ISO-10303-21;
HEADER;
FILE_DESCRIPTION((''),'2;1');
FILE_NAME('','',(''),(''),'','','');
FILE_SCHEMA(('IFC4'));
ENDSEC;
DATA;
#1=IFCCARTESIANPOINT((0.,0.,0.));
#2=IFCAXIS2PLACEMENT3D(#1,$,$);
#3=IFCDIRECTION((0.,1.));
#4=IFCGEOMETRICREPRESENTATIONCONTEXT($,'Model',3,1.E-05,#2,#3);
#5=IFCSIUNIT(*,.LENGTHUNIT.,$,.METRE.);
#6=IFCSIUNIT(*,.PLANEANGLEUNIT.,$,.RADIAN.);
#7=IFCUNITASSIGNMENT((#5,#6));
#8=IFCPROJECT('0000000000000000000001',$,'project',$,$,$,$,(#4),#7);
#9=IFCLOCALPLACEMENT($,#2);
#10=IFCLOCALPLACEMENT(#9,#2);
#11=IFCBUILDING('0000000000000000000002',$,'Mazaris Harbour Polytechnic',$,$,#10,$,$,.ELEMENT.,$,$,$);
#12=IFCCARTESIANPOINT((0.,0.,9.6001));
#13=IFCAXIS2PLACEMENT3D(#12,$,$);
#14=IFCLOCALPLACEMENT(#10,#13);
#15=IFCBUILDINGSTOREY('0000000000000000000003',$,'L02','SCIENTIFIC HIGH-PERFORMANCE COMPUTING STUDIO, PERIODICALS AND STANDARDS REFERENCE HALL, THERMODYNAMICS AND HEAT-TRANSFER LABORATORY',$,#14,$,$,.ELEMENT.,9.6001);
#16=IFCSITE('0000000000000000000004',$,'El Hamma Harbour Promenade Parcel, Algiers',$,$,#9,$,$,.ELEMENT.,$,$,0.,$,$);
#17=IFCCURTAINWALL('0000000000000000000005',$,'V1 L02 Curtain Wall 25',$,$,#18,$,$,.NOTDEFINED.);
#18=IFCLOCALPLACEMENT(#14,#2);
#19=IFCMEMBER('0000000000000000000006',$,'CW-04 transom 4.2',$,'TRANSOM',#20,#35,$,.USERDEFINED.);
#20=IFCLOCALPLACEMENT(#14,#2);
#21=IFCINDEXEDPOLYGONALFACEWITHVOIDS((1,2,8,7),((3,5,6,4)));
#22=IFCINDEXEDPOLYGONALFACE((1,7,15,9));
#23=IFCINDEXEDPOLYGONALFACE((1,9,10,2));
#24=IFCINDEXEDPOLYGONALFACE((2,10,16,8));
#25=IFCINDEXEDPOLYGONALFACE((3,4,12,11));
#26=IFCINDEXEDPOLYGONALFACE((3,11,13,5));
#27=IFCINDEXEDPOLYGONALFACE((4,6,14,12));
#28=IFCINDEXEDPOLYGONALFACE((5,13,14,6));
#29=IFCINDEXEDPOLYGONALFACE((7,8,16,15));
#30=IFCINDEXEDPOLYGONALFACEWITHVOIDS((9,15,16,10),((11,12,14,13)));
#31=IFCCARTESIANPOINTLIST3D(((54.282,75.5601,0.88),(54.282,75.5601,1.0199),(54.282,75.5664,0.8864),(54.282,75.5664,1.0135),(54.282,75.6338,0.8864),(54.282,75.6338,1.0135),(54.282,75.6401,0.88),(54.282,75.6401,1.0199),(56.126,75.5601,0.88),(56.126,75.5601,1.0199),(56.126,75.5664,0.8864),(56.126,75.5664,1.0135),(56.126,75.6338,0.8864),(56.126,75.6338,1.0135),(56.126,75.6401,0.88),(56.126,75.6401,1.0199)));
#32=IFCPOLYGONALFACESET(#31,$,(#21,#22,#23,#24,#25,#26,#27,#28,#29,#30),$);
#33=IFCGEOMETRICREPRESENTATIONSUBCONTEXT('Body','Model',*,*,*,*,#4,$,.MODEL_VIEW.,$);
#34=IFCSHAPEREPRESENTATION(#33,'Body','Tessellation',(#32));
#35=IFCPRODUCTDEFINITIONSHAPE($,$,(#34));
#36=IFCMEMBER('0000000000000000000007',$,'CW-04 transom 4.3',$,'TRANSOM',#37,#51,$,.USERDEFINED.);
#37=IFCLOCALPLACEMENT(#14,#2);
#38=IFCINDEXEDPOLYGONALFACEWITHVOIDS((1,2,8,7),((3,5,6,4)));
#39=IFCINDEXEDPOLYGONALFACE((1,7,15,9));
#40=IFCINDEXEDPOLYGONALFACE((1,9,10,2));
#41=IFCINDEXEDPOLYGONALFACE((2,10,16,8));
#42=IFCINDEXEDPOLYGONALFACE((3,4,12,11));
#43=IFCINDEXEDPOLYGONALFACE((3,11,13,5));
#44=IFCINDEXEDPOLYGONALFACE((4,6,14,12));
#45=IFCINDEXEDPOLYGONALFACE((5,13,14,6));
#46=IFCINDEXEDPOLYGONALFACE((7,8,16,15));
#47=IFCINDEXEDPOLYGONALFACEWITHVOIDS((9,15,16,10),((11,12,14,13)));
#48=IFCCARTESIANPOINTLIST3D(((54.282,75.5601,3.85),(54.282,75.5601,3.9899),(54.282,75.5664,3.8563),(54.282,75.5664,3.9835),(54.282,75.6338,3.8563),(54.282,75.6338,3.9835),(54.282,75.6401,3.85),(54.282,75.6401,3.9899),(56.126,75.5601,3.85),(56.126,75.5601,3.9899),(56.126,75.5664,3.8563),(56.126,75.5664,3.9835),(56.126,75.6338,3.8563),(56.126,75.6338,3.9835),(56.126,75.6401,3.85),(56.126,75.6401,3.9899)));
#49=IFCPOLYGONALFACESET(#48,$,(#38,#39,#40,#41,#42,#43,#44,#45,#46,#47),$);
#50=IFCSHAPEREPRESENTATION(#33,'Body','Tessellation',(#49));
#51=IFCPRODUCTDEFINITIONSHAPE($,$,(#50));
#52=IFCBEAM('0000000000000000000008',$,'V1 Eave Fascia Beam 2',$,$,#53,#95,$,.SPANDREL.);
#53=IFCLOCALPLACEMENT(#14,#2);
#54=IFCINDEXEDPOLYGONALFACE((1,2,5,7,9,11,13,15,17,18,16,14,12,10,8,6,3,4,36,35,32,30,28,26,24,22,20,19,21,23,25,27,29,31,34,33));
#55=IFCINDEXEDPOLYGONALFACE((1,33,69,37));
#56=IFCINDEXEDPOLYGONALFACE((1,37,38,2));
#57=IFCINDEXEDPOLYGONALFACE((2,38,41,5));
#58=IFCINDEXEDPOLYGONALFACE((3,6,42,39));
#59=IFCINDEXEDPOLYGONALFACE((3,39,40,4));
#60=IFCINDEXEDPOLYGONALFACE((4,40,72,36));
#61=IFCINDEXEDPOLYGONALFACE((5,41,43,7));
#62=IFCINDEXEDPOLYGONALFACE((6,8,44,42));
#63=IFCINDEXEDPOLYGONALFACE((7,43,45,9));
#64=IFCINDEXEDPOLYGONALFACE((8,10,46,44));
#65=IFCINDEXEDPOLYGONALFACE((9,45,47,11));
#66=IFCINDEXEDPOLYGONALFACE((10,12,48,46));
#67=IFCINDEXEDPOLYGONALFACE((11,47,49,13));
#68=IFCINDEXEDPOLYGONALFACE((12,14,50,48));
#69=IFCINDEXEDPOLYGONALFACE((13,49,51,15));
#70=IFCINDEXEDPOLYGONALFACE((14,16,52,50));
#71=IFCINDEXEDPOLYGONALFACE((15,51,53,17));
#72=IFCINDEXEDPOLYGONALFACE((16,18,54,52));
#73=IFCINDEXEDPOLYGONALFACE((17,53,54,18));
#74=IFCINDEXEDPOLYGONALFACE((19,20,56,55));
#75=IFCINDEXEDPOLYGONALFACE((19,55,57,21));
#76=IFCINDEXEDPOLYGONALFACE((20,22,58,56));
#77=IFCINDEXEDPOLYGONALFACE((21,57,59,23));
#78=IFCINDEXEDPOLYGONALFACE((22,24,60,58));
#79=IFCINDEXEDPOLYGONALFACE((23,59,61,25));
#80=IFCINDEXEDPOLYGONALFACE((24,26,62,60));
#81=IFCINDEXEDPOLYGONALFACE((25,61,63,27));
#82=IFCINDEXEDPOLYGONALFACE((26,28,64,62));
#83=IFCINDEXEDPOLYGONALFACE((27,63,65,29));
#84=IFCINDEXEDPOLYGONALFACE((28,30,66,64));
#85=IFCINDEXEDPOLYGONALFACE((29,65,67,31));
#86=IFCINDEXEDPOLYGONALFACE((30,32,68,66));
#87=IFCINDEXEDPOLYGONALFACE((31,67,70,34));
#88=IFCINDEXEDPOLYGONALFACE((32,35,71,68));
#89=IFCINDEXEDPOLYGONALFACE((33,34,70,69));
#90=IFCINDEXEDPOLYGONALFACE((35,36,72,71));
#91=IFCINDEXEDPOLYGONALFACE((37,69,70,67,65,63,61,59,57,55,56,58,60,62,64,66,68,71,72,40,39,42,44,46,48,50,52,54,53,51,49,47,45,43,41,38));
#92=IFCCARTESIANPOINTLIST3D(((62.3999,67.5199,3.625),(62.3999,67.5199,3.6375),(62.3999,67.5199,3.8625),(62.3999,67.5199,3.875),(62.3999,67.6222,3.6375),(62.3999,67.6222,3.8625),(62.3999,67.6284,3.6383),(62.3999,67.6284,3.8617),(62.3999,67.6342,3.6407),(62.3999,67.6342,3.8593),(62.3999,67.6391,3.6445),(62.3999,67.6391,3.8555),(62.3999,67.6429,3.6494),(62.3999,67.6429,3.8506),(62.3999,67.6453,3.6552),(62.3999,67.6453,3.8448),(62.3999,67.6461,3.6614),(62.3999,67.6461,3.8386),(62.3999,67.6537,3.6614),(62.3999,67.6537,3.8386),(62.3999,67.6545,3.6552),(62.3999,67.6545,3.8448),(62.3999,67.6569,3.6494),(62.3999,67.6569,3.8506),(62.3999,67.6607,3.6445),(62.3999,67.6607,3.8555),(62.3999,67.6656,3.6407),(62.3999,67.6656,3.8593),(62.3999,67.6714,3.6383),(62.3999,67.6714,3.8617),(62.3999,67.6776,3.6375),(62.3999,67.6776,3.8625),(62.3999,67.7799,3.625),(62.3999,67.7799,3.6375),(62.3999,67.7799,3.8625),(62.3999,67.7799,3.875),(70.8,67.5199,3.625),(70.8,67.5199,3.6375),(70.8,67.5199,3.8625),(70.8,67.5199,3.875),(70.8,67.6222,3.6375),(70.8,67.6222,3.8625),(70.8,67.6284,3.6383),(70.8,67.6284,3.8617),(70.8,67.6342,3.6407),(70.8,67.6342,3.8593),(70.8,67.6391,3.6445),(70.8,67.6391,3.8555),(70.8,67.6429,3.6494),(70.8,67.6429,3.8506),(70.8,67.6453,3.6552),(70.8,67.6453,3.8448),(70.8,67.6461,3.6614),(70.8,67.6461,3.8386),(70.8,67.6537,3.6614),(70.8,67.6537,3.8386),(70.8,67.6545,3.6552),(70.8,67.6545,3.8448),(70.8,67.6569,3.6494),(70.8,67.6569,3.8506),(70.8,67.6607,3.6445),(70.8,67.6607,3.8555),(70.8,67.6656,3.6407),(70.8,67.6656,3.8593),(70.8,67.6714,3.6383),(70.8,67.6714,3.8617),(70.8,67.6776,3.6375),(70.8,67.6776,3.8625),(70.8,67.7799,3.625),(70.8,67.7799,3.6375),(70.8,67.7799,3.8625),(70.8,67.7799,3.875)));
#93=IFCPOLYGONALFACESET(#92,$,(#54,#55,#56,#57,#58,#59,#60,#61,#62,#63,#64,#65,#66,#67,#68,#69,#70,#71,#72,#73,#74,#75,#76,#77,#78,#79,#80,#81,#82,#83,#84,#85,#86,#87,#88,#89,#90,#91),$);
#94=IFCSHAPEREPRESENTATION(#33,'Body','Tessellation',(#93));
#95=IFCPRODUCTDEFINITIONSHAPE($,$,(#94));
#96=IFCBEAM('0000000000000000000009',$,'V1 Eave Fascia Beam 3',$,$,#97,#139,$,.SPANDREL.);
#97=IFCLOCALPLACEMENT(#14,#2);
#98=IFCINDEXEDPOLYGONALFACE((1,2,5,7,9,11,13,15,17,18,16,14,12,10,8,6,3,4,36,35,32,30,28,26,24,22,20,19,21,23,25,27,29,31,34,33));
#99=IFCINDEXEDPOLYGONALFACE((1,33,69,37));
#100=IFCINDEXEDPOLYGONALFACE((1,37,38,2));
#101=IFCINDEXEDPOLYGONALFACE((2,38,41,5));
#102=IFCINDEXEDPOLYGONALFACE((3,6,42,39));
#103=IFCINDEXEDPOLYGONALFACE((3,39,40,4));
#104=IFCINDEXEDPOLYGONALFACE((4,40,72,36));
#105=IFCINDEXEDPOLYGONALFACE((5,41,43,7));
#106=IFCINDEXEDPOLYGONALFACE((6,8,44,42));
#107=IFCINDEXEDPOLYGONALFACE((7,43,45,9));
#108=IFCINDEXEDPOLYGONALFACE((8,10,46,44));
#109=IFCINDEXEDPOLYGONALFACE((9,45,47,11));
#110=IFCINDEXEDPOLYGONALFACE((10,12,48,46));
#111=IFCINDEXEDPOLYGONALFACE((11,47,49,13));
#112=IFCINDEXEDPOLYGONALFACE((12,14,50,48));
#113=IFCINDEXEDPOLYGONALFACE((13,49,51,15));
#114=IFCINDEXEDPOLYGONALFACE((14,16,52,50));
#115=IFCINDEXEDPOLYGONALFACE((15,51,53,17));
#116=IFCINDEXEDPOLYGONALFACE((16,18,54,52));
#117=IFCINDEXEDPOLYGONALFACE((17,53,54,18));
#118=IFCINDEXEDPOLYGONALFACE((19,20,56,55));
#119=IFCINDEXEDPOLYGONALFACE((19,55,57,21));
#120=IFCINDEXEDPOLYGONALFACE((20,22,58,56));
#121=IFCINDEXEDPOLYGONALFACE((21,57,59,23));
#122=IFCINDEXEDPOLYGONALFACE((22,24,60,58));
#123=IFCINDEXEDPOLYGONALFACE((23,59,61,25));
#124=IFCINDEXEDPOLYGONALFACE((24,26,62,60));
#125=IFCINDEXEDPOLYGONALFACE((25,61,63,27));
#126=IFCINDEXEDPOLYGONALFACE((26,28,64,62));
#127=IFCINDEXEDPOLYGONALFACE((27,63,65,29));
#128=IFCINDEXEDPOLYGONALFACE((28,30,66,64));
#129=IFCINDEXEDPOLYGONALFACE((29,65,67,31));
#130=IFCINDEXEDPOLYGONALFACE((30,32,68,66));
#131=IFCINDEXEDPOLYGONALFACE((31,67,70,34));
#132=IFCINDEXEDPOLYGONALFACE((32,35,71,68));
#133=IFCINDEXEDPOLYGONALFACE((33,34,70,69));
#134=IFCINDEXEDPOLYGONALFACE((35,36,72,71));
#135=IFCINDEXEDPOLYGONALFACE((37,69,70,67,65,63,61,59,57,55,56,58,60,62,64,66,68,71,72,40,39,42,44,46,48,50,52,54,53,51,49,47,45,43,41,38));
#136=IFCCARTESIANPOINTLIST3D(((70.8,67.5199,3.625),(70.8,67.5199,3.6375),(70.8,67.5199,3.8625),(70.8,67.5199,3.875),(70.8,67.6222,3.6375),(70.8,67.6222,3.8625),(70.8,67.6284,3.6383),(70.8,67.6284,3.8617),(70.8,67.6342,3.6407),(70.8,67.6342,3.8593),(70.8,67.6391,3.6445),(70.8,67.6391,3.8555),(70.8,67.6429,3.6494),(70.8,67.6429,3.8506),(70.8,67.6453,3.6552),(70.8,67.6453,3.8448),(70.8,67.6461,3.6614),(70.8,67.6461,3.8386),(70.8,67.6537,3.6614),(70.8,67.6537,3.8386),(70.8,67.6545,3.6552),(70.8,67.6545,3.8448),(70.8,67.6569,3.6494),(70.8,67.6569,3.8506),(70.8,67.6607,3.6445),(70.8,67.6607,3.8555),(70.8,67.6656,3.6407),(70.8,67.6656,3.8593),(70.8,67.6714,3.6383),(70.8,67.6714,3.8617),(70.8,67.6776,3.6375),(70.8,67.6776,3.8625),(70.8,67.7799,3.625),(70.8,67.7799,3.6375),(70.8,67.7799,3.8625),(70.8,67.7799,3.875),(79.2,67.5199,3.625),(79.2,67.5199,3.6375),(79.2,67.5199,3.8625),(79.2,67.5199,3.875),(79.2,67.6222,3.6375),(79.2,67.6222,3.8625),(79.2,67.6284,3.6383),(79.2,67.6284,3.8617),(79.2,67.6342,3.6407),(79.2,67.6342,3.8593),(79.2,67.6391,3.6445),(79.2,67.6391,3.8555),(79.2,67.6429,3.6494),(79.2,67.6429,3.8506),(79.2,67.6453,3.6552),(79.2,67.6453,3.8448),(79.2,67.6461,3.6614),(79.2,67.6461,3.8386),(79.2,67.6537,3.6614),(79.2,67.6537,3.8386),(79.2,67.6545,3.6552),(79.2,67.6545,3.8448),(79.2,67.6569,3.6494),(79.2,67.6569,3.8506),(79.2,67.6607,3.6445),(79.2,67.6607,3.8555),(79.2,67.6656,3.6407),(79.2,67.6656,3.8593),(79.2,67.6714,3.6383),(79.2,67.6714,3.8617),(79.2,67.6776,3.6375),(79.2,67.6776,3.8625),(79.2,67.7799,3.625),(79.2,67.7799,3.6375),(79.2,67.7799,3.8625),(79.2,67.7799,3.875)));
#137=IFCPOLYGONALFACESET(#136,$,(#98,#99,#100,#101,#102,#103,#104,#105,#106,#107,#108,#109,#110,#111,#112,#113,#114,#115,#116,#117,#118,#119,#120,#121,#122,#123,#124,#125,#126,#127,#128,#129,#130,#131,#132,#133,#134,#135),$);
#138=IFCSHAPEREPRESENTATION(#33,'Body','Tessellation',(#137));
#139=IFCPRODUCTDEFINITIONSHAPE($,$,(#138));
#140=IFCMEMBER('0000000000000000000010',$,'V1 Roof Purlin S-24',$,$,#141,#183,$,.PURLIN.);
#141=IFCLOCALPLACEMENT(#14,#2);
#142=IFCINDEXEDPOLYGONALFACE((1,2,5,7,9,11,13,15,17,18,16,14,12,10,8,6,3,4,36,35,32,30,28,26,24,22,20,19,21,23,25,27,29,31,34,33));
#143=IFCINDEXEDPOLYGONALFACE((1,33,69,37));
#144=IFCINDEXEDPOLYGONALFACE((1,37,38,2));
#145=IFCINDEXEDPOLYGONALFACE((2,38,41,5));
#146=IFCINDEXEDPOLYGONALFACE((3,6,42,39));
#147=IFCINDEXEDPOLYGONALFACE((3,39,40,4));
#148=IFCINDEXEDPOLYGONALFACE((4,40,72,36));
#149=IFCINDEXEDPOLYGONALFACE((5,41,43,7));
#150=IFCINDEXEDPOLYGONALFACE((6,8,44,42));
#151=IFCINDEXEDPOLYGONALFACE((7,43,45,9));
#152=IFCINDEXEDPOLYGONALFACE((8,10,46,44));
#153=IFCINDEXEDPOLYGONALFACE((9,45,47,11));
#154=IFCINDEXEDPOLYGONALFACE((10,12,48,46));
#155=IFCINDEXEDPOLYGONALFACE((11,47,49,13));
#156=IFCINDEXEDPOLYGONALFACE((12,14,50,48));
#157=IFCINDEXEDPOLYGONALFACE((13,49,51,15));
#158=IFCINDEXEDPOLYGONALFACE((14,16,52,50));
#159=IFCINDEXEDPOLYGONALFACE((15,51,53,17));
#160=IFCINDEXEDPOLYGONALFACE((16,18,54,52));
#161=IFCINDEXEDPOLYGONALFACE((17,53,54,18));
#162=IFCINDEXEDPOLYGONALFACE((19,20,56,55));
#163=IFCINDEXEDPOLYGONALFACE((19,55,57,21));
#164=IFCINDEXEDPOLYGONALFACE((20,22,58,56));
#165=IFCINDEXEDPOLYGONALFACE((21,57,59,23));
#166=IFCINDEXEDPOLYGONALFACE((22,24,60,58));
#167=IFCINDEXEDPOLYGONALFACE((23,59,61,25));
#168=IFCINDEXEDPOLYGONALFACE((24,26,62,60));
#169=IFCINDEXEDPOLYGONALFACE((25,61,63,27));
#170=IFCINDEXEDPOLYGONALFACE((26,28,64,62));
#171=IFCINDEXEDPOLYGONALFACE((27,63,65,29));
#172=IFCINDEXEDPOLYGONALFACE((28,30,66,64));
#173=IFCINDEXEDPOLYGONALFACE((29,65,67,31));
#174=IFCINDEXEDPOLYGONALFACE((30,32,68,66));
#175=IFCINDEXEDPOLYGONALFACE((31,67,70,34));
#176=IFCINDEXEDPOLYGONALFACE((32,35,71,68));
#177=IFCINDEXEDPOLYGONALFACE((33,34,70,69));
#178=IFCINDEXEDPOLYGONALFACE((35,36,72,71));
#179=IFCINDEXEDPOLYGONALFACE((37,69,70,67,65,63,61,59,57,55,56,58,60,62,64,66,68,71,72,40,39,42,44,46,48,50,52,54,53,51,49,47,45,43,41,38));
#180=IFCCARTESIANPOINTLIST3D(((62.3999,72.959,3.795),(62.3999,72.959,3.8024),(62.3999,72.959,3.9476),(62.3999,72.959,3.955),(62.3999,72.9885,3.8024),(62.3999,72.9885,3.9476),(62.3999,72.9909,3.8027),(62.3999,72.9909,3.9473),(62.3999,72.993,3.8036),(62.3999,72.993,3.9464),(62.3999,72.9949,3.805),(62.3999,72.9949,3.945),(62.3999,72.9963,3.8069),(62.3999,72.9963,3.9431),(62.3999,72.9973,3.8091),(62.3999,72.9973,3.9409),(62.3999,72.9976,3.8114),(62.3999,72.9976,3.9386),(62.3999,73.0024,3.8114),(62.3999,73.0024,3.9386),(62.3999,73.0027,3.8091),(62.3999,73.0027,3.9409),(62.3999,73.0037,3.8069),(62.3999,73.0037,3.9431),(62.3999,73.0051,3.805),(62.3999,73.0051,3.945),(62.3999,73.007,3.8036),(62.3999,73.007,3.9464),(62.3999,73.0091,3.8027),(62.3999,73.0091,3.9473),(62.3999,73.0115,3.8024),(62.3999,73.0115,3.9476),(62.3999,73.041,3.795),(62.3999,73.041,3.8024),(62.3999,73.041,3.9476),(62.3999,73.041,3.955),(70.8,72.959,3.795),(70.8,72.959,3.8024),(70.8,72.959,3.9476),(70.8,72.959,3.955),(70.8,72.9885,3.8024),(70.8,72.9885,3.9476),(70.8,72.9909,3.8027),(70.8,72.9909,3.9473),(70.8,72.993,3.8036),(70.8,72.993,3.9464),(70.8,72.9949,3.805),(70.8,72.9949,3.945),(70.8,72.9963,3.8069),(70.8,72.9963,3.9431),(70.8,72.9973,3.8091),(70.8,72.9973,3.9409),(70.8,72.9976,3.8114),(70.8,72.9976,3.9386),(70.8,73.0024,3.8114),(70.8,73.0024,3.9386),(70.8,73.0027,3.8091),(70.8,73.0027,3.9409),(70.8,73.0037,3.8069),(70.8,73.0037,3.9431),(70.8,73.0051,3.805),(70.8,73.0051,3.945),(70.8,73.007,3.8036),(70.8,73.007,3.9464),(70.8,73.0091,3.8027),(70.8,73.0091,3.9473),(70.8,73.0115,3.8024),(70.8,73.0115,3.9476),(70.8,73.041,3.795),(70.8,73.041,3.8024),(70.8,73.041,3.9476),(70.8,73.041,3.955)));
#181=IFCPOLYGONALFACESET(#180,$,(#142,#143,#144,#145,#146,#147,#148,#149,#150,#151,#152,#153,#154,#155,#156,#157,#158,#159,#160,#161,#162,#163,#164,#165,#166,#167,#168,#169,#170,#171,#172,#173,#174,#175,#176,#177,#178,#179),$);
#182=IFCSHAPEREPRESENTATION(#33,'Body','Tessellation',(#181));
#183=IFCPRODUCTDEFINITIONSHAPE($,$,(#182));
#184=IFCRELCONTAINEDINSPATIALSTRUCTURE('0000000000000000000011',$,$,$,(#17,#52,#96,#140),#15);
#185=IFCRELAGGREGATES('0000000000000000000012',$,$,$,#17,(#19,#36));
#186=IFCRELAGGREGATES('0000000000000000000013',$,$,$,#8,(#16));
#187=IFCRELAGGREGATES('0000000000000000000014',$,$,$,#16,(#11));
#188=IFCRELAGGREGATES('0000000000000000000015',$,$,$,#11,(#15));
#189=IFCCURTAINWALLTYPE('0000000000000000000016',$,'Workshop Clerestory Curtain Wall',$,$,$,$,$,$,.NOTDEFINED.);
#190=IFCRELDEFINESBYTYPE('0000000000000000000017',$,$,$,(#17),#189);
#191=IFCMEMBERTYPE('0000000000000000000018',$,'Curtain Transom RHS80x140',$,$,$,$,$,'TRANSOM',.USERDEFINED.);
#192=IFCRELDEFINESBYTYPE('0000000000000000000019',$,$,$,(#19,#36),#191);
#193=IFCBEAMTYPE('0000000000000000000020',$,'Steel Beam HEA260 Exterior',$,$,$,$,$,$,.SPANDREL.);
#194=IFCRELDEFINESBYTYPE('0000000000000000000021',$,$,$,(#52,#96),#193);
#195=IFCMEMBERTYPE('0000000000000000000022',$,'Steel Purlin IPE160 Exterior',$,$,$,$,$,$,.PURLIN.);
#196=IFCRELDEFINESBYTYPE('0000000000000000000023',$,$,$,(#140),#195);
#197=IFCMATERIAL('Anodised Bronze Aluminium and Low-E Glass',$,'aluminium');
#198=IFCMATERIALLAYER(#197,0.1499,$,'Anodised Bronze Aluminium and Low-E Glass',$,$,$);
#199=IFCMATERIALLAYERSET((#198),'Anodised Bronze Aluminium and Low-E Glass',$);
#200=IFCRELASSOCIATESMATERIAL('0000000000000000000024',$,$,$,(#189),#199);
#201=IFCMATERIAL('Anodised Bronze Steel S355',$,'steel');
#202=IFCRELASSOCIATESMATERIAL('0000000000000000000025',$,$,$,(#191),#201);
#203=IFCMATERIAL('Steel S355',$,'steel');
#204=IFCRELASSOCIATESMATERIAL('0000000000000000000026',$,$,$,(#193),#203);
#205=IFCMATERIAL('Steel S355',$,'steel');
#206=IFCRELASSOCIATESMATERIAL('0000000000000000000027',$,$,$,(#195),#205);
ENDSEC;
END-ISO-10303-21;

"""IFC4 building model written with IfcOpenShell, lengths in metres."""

from ifc_helpers import new_model, si_unit, direction, frame, origin, origin_2d, place, context, subcontext, project, spatial, hollow_rectangle, i_section, extrude, material, layer, layer_set, material_profile, profile_set, type_object, element, aggregate, save


model = new_model("IFC4")

# Units and contexts
model_context = context("Model", 3, precision=1e-05, world=origin(), true_north=direction((0.0, 1.0)))
body_context = subcontext(model_context, "Body", "Model", "MODEL_VIEW")
ifc_project = project(units=[si_unit("LENGTHUNIT", "METRE"), si_unit("PLANEANGLEUNIT", "RADIAN")], contexts=[model_context])

# Site, building, storey
site_placement = place(None, origin())
site = spatial("IfcSite", under=ifc_project, at=site_placement, Name="El Hamma Harbour Promenade Parcel, Algiers", CompositionType="ELEMENT", RefElevation=0.0)
building_placement = place(site_placement, origin())
building = spatial("IfcBuilding", under=site, at=building_placement, Name="Mazaris Harbour Polytechnic", CompositionType="ELEMENT")
storey_placement = place(building_placement, frame((0.0, 0.0, 9.6001)))
storey = spatial("IfcBuildingStorey", under=building, at=storey_placement, Name="L02", Description="SCIENTIFIC HIGH-PERFORMANCE COMPUTING STUDIO, PERIODICALS AND STANDARDS REFERENCE HALL, THERMODYNAMICS AND HEAT-TRANSFER LABORATORY", CompositionType="ELEMENT", Elevation=9.6001)

# Curtain wall, members
ifc_material_1 = material(Name="Anodised Bronze Aluminium and Low-E Glass", Category="aluminium")
ifc_layer_1 = layer(ifc_material_1, 0.1499, Name="Anodised Bronze Aluminium and Low-E Glass")
ifc_layer_set_1 = layer_set([ifc_layer_1], Name="Anodised Bronze Aluminium and Low-E Glass")
curtain_wall_type = type_object("IfcCurtainWallType", Name="Workshop Clerestory Curtain Wall", PredefinedType="NOTDEFINED", material=ifc_layer_set_1)
curtain_wall_placement = place(storey_placement, origin())
curtain_wall = element("IfcCurtainWall", 1, at=curtain_wall_placement, inside=storey, type_object=curtain_wall_type, Name="V1 L02 Curtain Wall 25", PredefinedType="NOTDEFINED")
ifc_material_2 = material(Name="Anodised Bronze Steel S355", Category="steel")
ifc_material_profile_1 = material_profile(ifc_material_2, hollow_rectangle(XDim=0.0801, YDim=0.1399, WallThickness=0.0063, at=origin_2d()), Name="RHS 80x140x6.3")
ifc_profile_set_1 = profile_set([ifc_material_profile_1], Name="Anodised Bronze Steel S355")
member_type_1 = type_object("IfcMemberType", Name="Curtain Transom RHS80x140", ElementType="TRANSOM", PredefinedType="USERDEFINED", material=ifc_profile_set_1)
member_1_placement = place(storey_placement, frame((56.126, 75.6001, 0.95), z_axis=(-1.0, 0.0, 0.0), x_axis=(0.0, -1.0, 0.0)))
member_1 = element("IfcMember", 2, at=member_1_placement, type_object=member_type_1, Name="CW-04 transom 4.2", ObjectType="TRANSOM", PredefinedType="USERDEFINED", context=body_context, shape_type="SweptSolid", body=[
    extrude(hollow_rectangle(XDim=0.0801, YDim=0.1399, WallThickness=0.0063, at=origin_2d()), origin(), (0.0, 0.0, 1.0), 1.844),
])
member_2_placement = place(storey_placement, frame((56.126, 75.6001, 3.9199), z_axis=(-1.0, 0.0, 0.0), x_axis=(0.0, -1.0, 0.0)))
member_2 = element("IfcMember", 3, at=member_2_placement, type_object=member_type_1, Name="CW-04 transom 4.3", ObjectType="TRANSOM", PredefinedType="USERDEFINED", context=body_context, shape_type="SweptSolid", body=[
    extrude(hollow_rectangle(XDim=0.0801, YDim=0.1399, WallThickness=0.0063, at=origin_2d()), origin(), (0.0, 0.0, 1.0), 1.844),
])

# Beams
ifc_material_3 = material(Name="Steel S355", Category="steel")
ifc_material_profile_2 = material_profile(ifc_material_3, i_section(OverallWidth=0.26, OverallDepth=0.25, WebThickness=0.0076, FlangeThickness=0.0125, FilletRadius=0.0239, at=origin_2d()), Name="HEA 260")
ifc_profile_set_2 = profile_set([ifc_material_profile_2], Name="Steel S355")
beam_type = type_object("IfcBeamType", Name="Steel Beam HEA260 Exterior", PredefinedType="SPANDREL", material=ifc_profile_set_2)
beam_1_placement = place(storey_placement, frame((62.3999, 67.6499, 3.75), z_axis=(1.0, 0.0, 0.0), x_axis=(0.0, 1.0, 0.0)))
element("IfcBeam", 4, at=beam_1_placement, inside=storey, type_object=beam_type, Name="V1 Eave Fascia Beam 2", PredefinedType="SPANDREL", context=body_context, shape_type="SweptSolid", body=[
    extrude(i_section(OverallWidth=0.26, OverallDepth=0.25, WebThickness=0.0076, FlangeThickness=0.0125, FilletRadius=0.0239, at=origin_2d()), origin(), (0.0, 0.0, 1.0), 8.4001),
])
beam_2_placement = place(storey_placement, frame((70.8, 67.6499, 3.75), z_axis=(1.0, 0.0, 0.0), x_axis=(0.0, 1.0, 0.0)))
element("IfcBeam", 5, at=beam_2_placement, inside=storey, type_object=beam_type, Name="V1 Eave Fascia Beam 3", PredefinedType="SPANDREL", context=body_context, shape_type="SweptSolid", body=[
    extrude(i_section(OverallWidth=0.26, OverallDepth=0.25, WebThickness=0.0076, FlangeThickness=0.0125, FilletRadius=0.0239, at=origin_2d()), origin(), (0.0, 0.0, 1.0), 8.3999),
])

# Member
ifc_material_4 = material(Name="Steel S355", Category="steel")
ifc_material_profile_3 = material_profile(ifc_material_4, i_section(OverallWidth=0.082, OverallDepth=0.1599, WebThickness=0.0049, FlangeThickness=0.0073, FilletRadius=0.009, at=origin_2d()), Name="IPE 160")
ifc_profile_set_3 = profile_set([ifc_material_profile_3], Name="Steel S355")
member_type_2 = type_object("IfcMemberType", Name="Steel Purlin IPE160 Exterior", PredefinedType="PURLIN", material=ifc_profile_set_3)
member_3_placement = place(storey_placement, frame((62.3999, 73.0, 3.875), z_axis=(1.0, 0.0, 0.0), x_axis=(0.0, 1.0, 0.0)))
element("IfcMember", 6, at=member_3_placement, inside=storey, type_object=member_type_2, Name="V1 Roof Purlin S-24", PredefinedType="PURLIN", context=body_context, shape_type="SweptSolid", body=[
    extrude(i_section(OverallWidth=0.082, OverallDepth=0.1599, WebThickness=0.0049, FlangeThickness=0.0073, FilletRadius=0.009, at=origin_2d()), origin(), (0.0, 0.0, 1.0), 8.4001),
])

aggregate(curtain_wall, [member_1, member_2])

save(model, "model.ifc")
